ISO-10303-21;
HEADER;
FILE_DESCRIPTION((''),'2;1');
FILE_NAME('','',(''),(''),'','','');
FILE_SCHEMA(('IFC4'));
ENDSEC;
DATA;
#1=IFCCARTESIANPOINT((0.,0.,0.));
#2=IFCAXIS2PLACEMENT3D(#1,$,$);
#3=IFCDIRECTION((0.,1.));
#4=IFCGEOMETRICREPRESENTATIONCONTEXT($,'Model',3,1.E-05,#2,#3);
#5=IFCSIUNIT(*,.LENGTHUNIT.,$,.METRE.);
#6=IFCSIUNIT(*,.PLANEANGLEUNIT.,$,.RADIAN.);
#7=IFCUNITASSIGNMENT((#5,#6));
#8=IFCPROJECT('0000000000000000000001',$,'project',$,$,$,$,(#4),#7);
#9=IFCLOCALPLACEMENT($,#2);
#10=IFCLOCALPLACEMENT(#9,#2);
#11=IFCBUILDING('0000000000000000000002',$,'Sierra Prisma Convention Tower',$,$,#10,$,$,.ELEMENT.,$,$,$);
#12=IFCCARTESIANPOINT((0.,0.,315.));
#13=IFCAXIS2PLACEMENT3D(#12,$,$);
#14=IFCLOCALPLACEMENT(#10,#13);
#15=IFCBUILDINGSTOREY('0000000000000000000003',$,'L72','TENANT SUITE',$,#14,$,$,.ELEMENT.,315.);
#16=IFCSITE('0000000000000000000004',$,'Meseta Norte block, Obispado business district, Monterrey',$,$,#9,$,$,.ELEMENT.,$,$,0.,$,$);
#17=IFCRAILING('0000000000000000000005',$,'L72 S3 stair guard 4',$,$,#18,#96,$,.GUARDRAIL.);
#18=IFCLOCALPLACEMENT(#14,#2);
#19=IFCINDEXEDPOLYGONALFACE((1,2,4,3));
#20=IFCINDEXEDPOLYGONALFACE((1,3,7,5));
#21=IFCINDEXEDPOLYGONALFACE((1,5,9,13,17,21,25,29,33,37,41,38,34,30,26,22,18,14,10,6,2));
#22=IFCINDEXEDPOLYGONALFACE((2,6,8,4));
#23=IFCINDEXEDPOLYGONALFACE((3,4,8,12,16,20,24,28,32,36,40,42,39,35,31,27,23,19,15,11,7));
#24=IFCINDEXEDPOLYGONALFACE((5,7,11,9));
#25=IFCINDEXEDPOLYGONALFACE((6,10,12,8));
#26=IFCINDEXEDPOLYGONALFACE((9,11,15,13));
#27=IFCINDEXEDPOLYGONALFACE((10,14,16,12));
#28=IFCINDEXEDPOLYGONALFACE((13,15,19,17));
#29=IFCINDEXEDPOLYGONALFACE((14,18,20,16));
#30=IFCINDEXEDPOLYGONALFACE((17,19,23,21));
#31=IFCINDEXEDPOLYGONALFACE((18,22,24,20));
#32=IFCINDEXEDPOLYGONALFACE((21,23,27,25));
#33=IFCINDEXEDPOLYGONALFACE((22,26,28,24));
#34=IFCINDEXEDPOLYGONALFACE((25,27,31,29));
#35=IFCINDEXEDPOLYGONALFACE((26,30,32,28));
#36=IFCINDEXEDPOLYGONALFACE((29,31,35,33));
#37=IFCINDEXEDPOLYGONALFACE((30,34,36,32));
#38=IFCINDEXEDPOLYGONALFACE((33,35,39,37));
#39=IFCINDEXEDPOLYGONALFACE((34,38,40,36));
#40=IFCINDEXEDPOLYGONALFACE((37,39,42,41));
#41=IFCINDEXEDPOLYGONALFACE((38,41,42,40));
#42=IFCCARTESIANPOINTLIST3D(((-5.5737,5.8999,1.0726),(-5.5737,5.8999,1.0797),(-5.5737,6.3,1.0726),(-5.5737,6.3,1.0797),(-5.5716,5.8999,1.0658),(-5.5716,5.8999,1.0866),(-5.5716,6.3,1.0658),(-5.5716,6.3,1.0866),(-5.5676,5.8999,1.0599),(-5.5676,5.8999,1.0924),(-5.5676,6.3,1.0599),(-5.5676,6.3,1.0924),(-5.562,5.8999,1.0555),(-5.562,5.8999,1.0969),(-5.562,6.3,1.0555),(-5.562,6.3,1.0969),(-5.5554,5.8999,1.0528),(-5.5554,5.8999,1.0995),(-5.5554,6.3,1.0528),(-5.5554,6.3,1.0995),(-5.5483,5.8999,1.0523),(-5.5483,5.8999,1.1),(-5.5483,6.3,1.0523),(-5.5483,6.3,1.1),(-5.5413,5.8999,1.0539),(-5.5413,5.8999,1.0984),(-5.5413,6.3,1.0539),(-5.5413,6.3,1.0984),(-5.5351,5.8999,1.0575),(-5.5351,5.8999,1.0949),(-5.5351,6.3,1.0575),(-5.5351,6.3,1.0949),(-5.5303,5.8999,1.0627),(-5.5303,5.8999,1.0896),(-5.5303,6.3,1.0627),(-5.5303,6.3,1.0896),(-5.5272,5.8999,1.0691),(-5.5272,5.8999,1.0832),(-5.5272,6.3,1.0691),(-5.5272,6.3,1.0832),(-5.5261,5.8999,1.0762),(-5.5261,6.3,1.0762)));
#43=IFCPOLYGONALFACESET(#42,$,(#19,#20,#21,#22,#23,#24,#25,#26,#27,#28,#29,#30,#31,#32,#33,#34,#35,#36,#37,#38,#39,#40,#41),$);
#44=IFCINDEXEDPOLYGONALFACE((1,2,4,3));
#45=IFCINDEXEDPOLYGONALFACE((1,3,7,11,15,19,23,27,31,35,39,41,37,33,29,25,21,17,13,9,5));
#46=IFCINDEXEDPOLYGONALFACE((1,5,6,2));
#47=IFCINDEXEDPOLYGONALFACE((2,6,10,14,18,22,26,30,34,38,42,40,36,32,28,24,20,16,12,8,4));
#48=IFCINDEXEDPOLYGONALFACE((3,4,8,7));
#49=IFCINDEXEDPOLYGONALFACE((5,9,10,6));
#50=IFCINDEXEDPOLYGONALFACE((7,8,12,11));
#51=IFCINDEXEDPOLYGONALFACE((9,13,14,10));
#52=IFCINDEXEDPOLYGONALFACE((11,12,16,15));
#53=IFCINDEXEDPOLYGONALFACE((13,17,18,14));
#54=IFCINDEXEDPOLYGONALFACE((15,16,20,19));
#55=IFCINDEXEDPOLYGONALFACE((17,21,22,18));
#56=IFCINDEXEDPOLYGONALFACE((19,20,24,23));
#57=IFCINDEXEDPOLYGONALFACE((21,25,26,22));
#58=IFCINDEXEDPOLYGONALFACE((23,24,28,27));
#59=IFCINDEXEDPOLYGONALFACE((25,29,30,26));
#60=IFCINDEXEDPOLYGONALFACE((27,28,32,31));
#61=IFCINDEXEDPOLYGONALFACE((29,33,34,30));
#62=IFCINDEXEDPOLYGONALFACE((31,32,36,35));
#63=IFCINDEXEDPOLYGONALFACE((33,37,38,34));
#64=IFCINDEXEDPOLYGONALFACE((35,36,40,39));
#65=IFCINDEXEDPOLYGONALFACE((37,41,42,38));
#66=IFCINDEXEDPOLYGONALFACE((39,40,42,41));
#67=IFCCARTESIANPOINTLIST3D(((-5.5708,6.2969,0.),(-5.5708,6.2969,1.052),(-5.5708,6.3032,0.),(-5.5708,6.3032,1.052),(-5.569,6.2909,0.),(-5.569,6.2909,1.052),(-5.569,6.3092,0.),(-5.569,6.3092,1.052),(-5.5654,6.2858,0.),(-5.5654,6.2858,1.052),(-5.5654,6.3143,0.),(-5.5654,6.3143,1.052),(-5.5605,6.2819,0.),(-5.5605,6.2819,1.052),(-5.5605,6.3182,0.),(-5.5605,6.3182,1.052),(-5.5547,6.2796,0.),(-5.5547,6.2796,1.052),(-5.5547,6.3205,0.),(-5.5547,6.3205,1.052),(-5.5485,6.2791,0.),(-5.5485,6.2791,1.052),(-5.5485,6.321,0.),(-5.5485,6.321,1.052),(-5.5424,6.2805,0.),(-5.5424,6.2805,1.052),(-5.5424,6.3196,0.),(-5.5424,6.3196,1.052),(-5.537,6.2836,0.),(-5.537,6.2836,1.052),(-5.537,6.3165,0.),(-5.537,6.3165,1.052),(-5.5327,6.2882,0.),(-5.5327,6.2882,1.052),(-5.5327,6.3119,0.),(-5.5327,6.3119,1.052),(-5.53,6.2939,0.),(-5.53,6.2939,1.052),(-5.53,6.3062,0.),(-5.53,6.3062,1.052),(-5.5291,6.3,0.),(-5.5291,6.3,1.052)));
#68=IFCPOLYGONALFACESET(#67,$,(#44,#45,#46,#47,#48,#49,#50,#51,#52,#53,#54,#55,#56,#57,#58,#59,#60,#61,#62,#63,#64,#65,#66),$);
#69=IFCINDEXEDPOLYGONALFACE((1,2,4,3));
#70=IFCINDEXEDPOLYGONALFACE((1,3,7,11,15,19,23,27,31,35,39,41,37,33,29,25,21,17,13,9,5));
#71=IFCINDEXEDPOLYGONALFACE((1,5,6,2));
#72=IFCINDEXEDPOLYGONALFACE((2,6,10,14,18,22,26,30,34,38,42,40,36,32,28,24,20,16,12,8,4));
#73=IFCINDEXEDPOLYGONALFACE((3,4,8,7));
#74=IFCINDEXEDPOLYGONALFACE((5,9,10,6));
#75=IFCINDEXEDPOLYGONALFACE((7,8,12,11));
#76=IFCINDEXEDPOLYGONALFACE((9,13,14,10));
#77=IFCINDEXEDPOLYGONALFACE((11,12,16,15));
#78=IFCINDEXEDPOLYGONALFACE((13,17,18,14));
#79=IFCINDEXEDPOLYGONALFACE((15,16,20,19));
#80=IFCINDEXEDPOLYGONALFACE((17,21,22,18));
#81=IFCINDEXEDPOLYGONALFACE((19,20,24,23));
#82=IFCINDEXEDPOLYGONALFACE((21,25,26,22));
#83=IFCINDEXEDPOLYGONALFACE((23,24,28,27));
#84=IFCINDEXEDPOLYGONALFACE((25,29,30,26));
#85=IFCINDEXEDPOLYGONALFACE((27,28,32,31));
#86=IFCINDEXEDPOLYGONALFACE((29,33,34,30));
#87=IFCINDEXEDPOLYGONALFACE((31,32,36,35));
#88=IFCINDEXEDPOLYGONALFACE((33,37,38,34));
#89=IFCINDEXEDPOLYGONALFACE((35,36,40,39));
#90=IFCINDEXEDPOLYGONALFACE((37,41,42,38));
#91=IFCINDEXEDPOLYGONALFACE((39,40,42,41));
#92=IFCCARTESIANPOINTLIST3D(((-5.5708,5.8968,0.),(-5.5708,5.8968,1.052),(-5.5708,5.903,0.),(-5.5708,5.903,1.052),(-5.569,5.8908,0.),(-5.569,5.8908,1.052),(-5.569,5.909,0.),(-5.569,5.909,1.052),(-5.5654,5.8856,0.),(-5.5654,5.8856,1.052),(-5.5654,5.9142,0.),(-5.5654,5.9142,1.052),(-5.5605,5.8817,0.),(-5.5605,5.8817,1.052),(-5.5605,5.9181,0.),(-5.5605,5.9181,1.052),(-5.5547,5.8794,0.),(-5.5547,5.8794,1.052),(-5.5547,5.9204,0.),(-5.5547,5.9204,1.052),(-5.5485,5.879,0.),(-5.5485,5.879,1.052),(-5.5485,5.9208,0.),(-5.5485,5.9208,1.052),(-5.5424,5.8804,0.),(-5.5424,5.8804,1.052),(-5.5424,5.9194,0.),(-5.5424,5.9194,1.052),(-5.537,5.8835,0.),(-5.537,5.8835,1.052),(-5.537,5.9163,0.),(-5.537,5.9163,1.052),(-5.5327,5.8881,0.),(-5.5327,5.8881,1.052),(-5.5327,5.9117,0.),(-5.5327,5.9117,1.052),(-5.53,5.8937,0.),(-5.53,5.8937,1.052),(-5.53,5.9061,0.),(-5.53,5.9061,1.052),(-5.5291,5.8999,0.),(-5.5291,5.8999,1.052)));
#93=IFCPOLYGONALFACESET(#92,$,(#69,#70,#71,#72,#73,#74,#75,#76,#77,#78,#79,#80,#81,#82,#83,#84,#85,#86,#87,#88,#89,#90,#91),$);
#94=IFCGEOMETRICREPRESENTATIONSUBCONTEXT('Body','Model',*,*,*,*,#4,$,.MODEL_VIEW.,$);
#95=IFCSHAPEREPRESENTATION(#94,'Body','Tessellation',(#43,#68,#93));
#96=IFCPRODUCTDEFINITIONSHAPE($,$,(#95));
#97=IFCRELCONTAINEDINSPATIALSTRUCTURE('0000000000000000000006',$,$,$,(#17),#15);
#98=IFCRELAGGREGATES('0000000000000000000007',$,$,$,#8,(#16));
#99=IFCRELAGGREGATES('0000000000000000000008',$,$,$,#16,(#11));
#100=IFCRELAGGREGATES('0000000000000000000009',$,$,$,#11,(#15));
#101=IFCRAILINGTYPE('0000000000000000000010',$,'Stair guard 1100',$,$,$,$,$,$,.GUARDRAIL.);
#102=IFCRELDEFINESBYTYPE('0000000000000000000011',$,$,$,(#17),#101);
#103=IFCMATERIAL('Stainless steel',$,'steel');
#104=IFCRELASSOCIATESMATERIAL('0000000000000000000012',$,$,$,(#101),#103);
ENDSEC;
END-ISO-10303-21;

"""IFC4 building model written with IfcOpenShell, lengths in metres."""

from ifc_helpers import new_model, si_unit, direction, frame, origin, origin_2d, place, context, subcontext, project, spatial, circle, extrude, material, type_object, element, save


model = new_model("IFC4")

# Units and contexts
model_context = context("Model", 3, precision=1e-05, world=origin(), true_north=direction((0.0, 1.0)))
body_context = subcontext(model_context, "Body", "Model", "MODEL_VIEW")
ifc_project = project(units=[si_unit("LENGTHUNIT", "METRE"), si_unit("PLANEANGLEUNIT", "RADIAN")], contexts=[model_context])

# Site, building, storey
site_placement = place(None, origin())
site = spatial("IfcSite", under=ifc_project, at=site_placement, Name="Meseta Norte block, Obispado business district, Monterrey", CompositionType="ELEMENT", RefElevation=0.0)
building_placement = place(site_placement, origin())
building = spatial("IfcBuilding", under=site, at=building_placement, Name="Sierra Prisma Convention Tower", CompositionType="ELEMENT")
storey_placement = place(building_placement, frame((0.0, 0.0, 315.0)))
storey = spatial("IfcBuildingStorey", under=building, at=storey_placement, Name="L72", Description="TENANT SUITE", CompositionType="ELEMENT", Elevation=315.0)

# Railing
ifc_material_1 = material(Name="Stainless steel", Category="steel")
railing_type_1 = type_object("IfcRailingType", Name="Stair guard 1100", PredefinedType="GUARDRAIL", material=ifc_material_1)
railing_1_placement = place(storey_placement, frame((-5.55, 6.3, 0.0)))
element("IfcRailing", 1, at=railing_1_placement, inside=storey, type_object=railing_type_1, Name="L72 S3 stair guard 4", PredefinedType="GUARDRAIL", context=body_context, shape_type="SweptSolid", body=[
    extrude(circle(Radius=0.0239, at=origin_2d()), frame((0.0, 0.0, 1.0762), z_axis=(0.0, -1.0, 0.0), x_axis=(1.0, 0.0, 0.0)), (0.0, 0.0, 1.0), 0.4001),
    extrude(circle(Radius=0.021, at=origin_2d()), origin(), (0.0, 0.0, 1.0), 1.052),
    extrude(circle(Radius=0.021, at=origin_2d()), frame((0.0, -0.4001, 0.0)), (0.0, 0.0, 1.0), 1.052),
])

save(model, "model.ifc")
